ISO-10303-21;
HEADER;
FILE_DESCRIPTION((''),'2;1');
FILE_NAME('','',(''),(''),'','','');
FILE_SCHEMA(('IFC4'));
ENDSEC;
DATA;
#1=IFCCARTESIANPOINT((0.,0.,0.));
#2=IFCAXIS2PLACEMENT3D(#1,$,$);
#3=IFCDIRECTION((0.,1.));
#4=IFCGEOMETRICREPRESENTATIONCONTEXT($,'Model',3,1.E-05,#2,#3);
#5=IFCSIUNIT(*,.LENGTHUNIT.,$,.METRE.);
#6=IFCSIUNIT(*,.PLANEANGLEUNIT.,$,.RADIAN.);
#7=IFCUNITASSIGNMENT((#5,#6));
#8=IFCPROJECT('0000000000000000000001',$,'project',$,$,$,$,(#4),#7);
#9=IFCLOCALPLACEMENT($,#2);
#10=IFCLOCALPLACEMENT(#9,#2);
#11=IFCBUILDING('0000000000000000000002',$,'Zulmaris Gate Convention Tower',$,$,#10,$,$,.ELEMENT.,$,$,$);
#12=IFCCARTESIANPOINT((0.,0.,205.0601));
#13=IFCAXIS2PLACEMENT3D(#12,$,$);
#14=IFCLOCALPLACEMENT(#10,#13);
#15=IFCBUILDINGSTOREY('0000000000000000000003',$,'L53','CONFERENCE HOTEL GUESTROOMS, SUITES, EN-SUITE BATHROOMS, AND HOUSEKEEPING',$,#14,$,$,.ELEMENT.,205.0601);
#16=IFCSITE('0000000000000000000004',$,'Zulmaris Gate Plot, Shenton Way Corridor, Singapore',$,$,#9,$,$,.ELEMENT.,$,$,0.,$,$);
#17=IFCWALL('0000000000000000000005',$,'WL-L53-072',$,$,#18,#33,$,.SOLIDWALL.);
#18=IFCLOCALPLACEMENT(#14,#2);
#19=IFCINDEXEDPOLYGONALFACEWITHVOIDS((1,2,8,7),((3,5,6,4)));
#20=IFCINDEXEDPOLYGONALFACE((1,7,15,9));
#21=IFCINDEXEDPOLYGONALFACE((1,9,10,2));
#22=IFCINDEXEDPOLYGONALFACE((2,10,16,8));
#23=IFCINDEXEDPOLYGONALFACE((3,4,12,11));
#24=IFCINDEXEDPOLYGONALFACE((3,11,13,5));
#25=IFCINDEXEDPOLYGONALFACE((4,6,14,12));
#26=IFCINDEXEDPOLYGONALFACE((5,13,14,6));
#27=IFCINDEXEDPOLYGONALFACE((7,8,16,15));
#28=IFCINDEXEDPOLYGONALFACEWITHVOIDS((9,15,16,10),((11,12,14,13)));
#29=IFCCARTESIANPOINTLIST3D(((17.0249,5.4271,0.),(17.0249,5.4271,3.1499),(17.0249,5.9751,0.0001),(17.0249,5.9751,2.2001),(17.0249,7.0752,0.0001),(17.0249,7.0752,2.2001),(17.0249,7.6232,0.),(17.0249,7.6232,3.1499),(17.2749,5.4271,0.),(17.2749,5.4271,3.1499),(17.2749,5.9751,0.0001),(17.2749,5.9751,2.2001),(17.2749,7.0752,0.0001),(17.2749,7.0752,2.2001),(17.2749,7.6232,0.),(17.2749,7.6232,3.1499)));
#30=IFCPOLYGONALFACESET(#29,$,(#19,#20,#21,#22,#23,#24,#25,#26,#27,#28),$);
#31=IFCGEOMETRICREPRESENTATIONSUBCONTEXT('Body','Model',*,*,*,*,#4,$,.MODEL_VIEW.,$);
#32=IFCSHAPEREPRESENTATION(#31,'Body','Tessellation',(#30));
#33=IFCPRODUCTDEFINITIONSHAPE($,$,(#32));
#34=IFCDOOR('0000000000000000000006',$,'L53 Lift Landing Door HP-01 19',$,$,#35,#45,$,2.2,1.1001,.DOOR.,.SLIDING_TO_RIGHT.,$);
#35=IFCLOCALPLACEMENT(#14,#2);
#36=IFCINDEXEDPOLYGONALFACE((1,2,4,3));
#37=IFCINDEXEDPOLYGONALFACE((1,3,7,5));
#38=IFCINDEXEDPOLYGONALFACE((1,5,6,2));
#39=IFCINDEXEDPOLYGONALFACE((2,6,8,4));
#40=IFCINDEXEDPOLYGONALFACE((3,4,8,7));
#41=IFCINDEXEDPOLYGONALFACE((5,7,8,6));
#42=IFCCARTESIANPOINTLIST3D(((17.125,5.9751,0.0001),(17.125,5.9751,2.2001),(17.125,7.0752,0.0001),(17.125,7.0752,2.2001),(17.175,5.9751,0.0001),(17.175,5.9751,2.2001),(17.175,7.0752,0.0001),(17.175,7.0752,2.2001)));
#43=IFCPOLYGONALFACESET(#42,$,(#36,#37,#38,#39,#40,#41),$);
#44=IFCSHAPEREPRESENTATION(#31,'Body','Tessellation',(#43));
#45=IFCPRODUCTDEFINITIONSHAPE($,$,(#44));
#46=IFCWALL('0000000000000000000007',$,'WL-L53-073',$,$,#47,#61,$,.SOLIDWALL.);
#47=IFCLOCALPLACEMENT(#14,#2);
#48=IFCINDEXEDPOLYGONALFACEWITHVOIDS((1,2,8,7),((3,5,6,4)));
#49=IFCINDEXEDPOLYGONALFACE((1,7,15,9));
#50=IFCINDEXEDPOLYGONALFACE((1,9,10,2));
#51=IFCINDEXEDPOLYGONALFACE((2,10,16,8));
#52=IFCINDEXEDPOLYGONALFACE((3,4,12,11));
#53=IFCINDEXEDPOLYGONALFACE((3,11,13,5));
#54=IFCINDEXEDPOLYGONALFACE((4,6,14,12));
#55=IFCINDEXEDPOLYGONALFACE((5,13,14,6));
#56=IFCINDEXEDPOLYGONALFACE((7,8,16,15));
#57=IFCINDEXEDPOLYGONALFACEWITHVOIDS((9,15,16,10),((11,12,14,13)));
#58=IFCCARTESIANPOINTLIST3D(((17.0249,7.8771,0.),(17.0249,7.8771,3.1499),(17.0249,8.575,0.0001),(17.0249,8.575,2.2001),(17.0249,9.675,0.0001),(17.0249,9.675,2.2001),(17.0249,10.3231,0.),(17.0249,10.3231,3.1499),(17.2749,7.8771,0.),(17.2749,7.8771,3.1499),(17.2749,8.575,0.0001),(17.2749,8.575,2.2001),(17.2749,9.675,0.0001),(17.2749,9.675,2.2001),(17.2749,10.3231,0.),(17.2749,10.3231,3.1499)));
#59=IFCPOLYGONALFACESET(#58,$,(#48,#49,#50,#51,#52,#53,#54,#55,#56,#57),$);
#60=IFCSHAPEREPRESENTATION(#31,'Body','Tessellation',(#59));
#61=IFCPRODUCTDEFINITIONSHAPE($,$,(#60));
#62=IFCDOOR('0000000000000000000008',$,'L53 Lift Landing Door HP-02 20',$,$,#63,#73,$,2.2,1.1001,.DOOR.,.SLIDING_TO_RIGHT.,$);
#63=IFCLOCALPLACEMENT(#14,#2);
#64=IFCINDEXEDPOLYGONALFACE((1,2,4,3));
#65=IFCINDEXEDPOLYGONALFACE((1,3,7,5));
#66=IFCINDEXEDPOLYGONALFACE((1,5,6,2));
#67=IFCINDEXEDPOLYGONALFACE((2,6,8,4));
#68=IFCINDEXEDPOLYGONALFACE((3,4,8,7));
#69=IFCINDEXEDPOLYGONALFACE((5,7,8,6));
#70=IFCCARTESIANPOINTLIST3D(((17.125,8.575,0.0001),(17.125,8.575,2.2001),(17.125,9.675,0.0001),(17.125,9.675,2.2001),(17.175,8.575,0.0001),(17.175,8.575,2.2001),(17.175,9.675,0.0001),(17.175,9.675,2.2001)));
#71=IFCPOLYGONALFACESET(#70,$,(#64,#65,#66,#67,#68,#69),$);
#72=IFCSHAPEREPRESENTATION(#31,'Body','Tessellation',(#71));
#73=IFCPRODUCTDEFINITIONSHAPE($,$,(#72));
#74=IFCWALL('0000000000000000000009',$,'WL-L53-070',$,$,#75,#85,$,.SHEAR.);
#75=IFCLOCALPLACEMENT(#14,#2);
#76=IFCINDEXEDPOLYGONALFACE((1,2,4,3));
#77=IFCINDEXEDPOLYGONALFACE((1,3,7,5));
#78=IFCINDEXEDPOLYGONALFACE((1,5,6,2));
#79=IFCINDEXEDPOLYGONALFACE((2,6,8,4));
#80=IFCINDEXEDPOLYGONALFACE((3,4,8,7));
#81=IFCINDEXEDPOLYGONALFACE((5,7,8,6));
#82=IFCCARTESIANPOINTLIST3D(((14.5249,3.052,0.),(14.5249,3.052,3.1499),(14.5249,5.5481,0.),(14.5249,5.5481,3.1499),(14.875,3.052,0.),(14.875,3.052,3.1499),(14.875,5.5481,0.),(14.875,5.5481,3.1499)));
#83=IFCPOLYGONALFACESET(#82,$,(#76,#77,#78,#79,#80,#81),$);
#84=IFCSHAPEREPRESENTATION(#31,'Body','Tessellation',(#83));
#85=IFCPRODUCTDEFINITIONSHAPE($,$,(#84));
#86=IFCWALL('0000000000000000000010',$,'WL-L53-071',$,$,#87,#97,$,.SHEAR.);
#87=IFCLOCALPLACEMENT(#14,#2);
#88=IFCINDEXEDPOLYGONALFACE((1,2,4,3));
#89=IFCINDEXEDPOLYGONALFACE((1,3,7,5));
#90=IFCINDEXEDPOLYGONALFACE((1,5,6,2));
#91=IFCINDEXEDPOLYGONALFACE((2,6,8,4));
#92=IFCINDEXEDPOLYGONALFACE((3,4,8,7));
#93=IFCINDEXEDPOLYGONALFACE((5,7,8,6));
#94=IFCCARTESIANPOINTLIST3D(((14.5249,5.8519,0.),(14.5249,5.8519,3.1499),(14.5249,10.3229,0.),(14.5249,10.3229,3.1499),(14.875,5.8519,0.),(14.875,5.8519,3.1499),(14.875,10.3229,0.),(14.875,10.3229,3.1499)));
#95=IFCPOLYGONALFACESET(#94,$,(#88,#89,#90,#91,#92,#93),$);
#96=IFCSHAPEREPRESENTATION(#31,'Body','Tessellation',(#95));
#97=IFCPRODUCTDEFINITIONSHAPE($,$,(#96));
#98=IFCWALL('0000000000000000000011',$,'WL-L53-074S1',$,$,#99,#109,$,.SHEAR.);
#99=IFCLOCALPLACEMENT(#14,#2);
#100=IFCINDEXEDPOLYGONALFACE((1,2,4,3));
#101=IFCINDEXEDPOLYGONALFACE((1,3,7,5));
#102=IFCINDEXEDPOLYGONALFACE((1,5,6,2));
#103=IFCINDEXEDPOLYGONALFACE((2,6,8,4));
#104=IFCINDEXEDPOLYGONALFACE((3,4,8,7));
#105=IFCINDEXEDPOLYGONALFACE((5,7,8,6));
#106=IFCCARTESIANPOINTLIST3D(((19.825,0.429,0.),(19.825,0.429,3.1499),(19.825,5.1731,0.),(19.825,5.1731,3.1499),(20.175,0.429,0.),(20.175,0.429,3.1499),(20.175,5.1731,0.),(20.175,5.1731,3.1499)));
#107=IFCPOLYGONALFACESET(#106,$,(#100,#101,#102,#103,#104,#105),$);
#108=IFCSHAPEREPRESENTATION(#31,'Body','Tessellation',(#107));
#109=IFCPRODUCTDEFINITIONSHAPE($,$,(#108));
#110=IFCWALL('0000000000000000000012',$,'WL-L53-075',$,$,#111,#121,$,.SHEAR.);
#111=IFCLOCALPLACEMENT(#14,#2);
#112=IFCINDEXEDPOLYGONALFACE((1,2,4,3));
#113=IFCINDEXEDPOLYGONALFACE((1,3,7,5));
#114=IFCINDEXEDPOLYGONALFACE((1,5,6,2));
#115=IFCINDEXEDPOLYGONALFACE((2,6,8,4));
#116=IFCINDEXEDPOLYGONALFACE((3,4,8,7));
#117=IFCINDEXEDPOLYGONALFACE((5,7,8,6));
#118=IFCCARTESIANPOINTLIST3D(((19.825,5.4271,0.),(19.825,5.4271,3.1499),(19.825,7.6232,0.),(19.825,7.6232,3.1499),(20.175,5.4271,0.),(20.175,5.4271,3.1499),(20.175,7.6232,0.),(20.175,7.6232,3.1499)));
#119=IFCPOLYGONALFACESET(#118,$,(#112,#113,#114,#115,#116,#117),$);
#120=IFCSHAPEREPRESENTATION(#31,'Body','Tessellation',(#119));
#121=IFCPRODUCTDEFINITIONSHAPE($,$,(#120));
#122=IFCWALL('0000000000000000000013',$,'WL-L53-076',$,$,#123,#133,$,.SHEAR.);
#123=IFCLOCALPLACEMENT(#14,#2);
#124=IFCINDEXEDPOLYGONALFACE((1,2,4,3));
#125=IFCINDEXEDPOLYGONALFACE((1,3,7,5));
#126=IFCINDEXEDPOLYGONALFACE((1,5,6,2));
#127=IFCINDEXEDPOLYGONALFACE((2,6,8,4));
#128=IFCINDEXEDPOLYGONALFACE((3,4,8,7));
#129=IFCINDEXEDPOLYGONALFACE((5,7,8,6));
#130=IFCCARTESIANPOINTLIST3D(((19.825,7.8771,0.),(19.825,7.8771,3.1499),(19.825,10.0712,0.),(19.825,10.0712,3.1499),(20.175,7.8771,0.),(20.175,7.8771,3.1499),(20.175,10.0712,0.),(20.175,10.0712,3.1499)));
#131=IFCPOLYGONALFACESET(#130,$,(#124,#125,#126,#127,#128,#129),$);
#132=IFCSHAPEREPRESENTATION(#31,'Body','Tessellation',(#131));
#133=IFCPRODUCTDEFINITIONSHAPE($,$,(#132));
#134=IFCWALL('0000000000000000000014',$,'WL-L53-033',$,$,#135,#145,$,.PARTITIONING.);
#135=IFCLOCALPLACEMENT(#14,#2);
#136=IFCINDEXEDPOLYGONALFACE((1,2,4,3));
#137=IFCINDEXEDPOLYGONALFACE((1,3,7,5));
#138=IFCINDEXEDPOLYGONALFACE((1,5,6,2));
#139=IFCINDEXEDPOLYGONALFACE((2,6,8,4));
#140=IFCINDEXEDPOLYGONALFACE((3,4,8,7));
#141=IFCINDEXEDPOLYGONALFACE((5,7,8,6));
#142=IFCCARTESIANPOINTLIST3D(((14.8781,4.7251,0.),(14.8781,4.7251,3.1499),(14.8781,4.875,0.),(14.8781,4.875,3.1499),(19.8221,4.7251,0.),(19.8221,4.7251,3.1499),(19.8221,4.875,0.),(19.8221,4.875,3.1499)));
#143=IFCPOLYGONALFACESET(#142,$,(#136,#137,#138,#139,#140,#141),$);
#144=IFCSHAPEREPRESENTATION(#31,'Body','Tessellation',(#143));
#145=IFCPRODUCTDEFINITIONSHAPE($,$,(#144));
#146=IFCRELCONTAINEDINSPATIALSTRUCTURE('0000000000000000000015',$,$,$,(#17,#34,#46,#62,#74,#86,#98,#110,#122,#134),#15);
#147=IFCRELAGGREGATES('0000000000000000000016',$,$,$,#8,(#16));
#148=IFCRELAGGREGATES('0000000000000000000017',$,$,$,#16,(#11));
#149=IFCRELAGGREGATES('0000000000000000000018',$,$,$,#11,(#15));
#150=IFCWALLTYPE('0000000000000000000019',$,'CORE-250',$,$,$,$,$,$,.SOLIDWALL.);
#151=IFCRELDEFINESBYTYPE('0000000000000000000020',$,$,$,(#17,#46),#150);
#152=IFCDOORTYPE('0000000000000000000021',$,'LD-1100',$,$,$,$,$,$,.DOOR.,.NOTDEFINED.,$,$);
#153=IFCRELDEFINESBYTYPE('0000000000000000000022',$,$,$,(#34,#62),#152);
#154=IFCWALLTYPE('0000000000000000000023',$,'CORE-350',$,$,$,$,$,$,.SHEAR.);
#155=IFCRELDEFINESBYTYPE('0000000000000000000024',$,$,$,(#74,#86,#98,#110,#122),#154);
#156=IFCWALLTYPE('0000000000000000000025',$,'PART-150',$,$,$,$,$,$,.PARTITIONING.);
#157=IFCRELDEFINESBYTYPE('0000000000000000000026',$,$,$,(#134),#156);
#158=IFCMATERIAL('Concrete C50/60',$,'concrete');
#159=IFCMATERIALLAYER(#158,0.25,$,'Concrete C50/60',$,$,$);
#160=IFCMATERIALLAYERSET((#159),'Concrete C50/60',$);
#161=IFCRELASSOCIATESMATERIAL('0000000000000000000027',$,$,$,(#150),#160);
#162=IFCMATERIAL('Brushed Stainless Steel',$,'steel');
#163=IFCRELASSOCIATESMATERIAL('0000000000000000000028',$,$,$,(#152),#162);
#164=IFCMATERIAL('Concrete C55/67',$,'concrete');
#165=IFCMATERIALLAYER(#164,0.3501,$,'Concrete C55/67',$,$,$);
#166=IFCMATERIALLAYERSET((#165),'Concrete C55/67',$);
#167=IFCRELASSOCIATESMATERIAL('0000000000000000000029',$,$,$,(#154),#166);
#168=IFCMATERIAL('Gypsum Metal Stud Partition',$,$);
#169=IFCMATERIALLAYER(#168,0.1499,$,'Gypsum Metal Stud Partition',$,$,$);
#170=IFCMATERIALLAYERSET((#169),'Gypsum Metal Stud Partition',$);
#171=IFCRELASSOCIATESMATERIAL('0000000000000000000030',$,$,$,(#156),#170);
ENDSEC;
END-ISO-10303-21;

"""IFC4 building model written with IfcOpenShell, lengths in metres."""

from ifc_helpers import new_model, si_unit, direction, frame, frame_2d, origin, place, context, subcontext, project, spatial, rectangle, extrude, material, layer, layer_set, type_object, element, fill, save


model = new_model("IFC4")

# Units and contexts
model_context = context("Model", 3, precision=1e-05, world=origin(), true_north=direction((0.0, 1.0)))
body_context = subcontext(model_context, "Body", "Model", "MODEL_VIEW")
ifc_project = project(units=[si_unit("LENGTHUNIT", "METRE"), si_unit("PLANEANGLEUNIT", "RADIAN")], contexts=[model_context])

# Site, building, storey
site_placement = place(None, origin())
site = spatial("IfcSite", under=ifc_project, at=site_placement, Name="Zulmaris Gate Plot, Shenton Way Corridor, Singapore", CompositionType="ELEMENT", RefElevation=0.0)
building_placement = place(site_placement, origin())
building = spatial("IfcBuilding", under=site, at=building_placement, Name="Zulmaris Gate Convention Tower", CompositionType="ELEMENT")
storey_placement = place(building_placement, frame((0.0, 0.0, 205.0601)))
storey = spatial("IfcBuildingStorey", under=building, at=storey_placement, Name="L53", Description="CONFERENCE HOTEL GUESTROOMS, SUITES, EN-SUITE BATHROOMS, AND HOUSEKEEPING", CompositionType="ELEMENT", Elevation=205.0601)

# Shared definitions
ifc_material_1 = material(Name="Concrete C50/60", Category="concrete")

# Shared definitions
ifc_layer_1 = layer(ifc_material_1, 0.25, Name="Concrete C50/60")
ifc_layer_set_1 = layer_set([ifc_layer_1], Name="Concrete C50/60")
wall_type_1 = type_object("IfcWallType", Name="CORE-250", PredefinedType="SOLIDWALL", material=ifc_layer_set_1)

# Walls, openings, doors
wall_1_placement = place(storey_placement, frame((17.1499, 5.427, 0.0), z_axis=(0.0, 0.0, 1.0), x_axis=(0.0, 1.0, 0.0)))
wall_1 = element("IfcWall", 1, at=wall_1_placement, inside=storey, type_object=wall_type_1, Name="WL-L53-072", PredefinedType="SOLIDWALL", context=body_context, shape_type="SweptSolid", body=[
    extrude(rectangle(XDim=2.196, YDim=0.25, at=frame_2d((1.0981, 0.0))), origin(), (0.0, 0.0, 1.0), 3.1499),
])
opening_1_placement = place(wall_1_placement, frame((0.5481, 0.0, 0.0)))
opening_1 = element("IfcOpeningElement", 2, at=opening_1_placement, cuts=wall_1, PredefinedType="OPENING", context=body_context, shape_type="SweptSolid", body=[
    extrude(rectangle(XDim=1.1001, YDim=2.2, at=frame_2d((0.55, 1.1001))), frame((0.0, 0.135, 0.0), z_axis=(0.0, -1.0, 0.0), x_axis=(1.0, 0.0, 0.0)), (0.0, 0.0, 1.0), 0.27),
])
ifc_material_2 = material(Name="Brushed Stainless Steel", Category="steel")
door_type = type_object("IfcDoorType", Name="LD-1100", OperationType="NOTDEFINED", PredefinedType="DOOR", material=ifc_material_2)
door_1_placement = place(opening_1_placement, origin())
door_1 = element("IfcDoor", 3, at=door_1_placement, inside=storey, type_object=door_type, Name="L53 Lift Landing Door HP-01 19", OperationType="SLIDING_TO_RIGHT", OverallHeight=2.2, OverallWidth=1.1001, PredefinedType="DOOR", context=body_context, shape_type="SweptSolid", body=[
    extrude(rectangle(XDim=1.1001, YDim=2.2, at=frame_2d((0.55, 1.1001))), frame((0.0, 0.0249, 0.0), z_axis=(0.0, -1.0, 0.0), x_axis=(1.0, 0.0, 0.0)), (0.0, 0.0, 1.0), 0.05),
])
fill(opening_1, door_1)
wall_2_placement = place(storey_placement, frame((17.1499, 7.877, 0.0), z_axis=(0.0, 0.0, 1.0), x_axis=(0.0, 1.0, 0.0)))
wall_2 = element("IfcWall", 4, at=wall_2_placement, inside=storey, type_object=wall_type_1, Name="WL-L53-073", PredefinedType="SOLIDWALL", context=body_context, shape_type="SweptSolid", body=[
    extrude(rectangle(XDim=2.446, YDim=0.25, at=frame_2d((1.2231, 0.0))), origin(), (0.0, 0.0, 1.0), 3.1499),
])
opening_2_placement = place(wall_2_placement, frame((0.698, 0.0, 0.0)))
opening_2 = element("IfcOpeningElement", 5, at=opening_2_placement, cuts=wall_2, PredefinedType="OPENING", context=body_context, shape_type="SweptSolid", body=[
    extrude(rectangle(XDim=1.1001, YDim=2.2, at=frame_2d((0.55, 1.1001))), frame((0.0, 0.135, 0.0), z_axis=(0.0, -1.0, 0.0), x_axis=(1.0, 0.0, 0.0)), (0.0, 0.0, 1.0), 0.27),
])
door_2_placement = place(opening_2_placement, origin())
door_2 = element("IfcDoor", 6, at=door_2_placement, inside=storey, type_object=door_type, Name="L53 Lift Landing Door HP-02 20", OperationType="SLIDING_TO_RIGHT", OverallHeight=2.2, OverallWidth=1.1001, PredefinedType="DOOR", context=body_context, shape_type="SweptSolid", body=[
    extrude(rectangle(XDim=1.1001, YDim=2.2, at=frame_2d((0.55, 1.1001))), frame((0.0, 0.0249, 0.0), z_axis=(0.0, -1.0, 0.0), x_axis=(1.0, 0.0, 0.0)), (0.0, 0.0, 1.0), 0.05),
])
fill(opening_2, door_2)

# Walls
ifc_material_3 = material(Name="Concrete C55/67", Category="concrete")
ifc_layer_2 = layer(ifc_material_3, 0.3501, Name="Concrete C55/67")
ifc_layer_set_2 = layer_set([ifc_layer_2], Name="Concrete C55/67")
wall_type_2 = type_object("IfcWallType", Name="CORE-350", PredefinedType="SHEAR", material=ifc_layer_set_2)
wall_3_placement = place(storey_placement, frame((14.7, 3.052, 0.0), z_axis=(0.0, 0.0, 1.0), x_axis=(0.0, 1.0, 0.0)))
element("IfcWall", 7, at=wall_3_placement, inside=storey, type_object=wall_type_2, Name="WL-L53-070", PredefinedType="SHEAR", context=body_context, shape_type="SweptSolid", body=[
    extrude(rectangle(XDim=2.4961, YDim=0.3501, at=frame_2d((1.248, 0.0))), origin(), (0.0, 0.0, 1.0), 3.1499),
])
wall_4_placement = place(storey_placement, frame((14.7, 5.8521, 0.0), z_axis=(0.0, 0.0, 1.0), x_axis=(0.0, 1.0, 0.0)))
element("IfcWall", 8, at=wall_4_placement, inside=storey, type_object=wall_type_2, Name="WL-L53-071", PredefinedType="SHEAR", context=body_context, shape_type="SweptSolid", body=[
    extrude(rectangle(XDim=4.4709, YDim=0.3501, at=frame_2d((2.2354, 0.0))), origin(), (0.0, 0.0, 1.0), 3.1499),
])
wall_5_placement = place(storey_placement, frame((20.0, 0.429, 0.0), z_axis=(0.0, 0.0, 1.0), x_axis=(0.0, 1.0, 0.0)))
element("IfcWall", 9, at=wall_5_placement, inside=storey, type_object=wall_type_2, Name="WL-L53-074S1", PredefinedType="SHEAR", context=body_context, shape_type="SweptSolid", body=[
    extrude(rectangle(XDim=4.7441, YDim=0.3501, at=frame_2d((2.3721, 0.0))), origin(), (0.0, 0.0, 1.0), 3.1499),
])
wall_6_placement = place(storey_placement, frame((20.0, 5.427, 0.0), z_axis=(0.0, 0.0, 1.0), x_axis=(0.0, 1.0, 0.0)))
element("IfcWall", 10, at=wall_6_placement, inside=storey, type_object=wall_type_2, Name="WL-L53-075", PredefinedType="SHEAR", context=body_context, shape_type="SweptSolid", body=[
    extrude(rectangle(XDim=2.196, YDim=0.3501, at=frame_2d((1.0981, 0.0))), origin(), (0.0, 0.0, 1.0), 3.1499),
])
wall_7_placement = place(storey_placement, frame((20.0, 7.877, 0.0), z_axis=(0.0, 0.0, 1.0), x_axis=(0.0, 1.0, 0.0)))
element("IfcWall", 11, at=wall_7_placement, inside=storey, type_object=wall_type_2, Name="WL-L53-076", PredefinedType="SHEAR", context=body_context, shape_type="SweptSolid", body=[
    extrude(rectangle(XDim=2.1941, YDim=0.3501, at=frame_2d((1.0972, 0.0))), origin(), (0.0, 0.0, 1.0), 3.1499),
])
ifc_material_4 = material(Name="Gypsum Metal Stud Partition")
ifc_layer_3 = layer(ifc_material_4, 0.1499, Name="Gypsum Metal Stud Partition")
ifc_layer_set_3 = layer_set([ifc_layer_3], Name="Gypsum Metal Stud Partition")
wall_type_3 = type_object("IfcWallType", Name="PART-150", PredefinedType="PARTITIONING", material=ifc_layer_set_3)
wall_8_placement = place(storey_placement, frame((14.8779, 4.8, 0.0), z_axis=(0.0, 0.0, 1.0), x_axis=(1.0, 0.0, 0.0)))
element("IfcWall", 12, at=wall_8_placement, inside=storey, type_object=wall_type_3, Name="WL-L53-033", PredefinedType="PARTITIONING", context=body_context, shape_type="SweptSolid", body=[
    extrude(rectangle(XDim=4.9441, YDim=0.1499, at=frame_2d((2.4722, 0.0))), origin(), (0.0, 0.0, 1.0), 3.1499),
])

save(model, "model.ifc")
